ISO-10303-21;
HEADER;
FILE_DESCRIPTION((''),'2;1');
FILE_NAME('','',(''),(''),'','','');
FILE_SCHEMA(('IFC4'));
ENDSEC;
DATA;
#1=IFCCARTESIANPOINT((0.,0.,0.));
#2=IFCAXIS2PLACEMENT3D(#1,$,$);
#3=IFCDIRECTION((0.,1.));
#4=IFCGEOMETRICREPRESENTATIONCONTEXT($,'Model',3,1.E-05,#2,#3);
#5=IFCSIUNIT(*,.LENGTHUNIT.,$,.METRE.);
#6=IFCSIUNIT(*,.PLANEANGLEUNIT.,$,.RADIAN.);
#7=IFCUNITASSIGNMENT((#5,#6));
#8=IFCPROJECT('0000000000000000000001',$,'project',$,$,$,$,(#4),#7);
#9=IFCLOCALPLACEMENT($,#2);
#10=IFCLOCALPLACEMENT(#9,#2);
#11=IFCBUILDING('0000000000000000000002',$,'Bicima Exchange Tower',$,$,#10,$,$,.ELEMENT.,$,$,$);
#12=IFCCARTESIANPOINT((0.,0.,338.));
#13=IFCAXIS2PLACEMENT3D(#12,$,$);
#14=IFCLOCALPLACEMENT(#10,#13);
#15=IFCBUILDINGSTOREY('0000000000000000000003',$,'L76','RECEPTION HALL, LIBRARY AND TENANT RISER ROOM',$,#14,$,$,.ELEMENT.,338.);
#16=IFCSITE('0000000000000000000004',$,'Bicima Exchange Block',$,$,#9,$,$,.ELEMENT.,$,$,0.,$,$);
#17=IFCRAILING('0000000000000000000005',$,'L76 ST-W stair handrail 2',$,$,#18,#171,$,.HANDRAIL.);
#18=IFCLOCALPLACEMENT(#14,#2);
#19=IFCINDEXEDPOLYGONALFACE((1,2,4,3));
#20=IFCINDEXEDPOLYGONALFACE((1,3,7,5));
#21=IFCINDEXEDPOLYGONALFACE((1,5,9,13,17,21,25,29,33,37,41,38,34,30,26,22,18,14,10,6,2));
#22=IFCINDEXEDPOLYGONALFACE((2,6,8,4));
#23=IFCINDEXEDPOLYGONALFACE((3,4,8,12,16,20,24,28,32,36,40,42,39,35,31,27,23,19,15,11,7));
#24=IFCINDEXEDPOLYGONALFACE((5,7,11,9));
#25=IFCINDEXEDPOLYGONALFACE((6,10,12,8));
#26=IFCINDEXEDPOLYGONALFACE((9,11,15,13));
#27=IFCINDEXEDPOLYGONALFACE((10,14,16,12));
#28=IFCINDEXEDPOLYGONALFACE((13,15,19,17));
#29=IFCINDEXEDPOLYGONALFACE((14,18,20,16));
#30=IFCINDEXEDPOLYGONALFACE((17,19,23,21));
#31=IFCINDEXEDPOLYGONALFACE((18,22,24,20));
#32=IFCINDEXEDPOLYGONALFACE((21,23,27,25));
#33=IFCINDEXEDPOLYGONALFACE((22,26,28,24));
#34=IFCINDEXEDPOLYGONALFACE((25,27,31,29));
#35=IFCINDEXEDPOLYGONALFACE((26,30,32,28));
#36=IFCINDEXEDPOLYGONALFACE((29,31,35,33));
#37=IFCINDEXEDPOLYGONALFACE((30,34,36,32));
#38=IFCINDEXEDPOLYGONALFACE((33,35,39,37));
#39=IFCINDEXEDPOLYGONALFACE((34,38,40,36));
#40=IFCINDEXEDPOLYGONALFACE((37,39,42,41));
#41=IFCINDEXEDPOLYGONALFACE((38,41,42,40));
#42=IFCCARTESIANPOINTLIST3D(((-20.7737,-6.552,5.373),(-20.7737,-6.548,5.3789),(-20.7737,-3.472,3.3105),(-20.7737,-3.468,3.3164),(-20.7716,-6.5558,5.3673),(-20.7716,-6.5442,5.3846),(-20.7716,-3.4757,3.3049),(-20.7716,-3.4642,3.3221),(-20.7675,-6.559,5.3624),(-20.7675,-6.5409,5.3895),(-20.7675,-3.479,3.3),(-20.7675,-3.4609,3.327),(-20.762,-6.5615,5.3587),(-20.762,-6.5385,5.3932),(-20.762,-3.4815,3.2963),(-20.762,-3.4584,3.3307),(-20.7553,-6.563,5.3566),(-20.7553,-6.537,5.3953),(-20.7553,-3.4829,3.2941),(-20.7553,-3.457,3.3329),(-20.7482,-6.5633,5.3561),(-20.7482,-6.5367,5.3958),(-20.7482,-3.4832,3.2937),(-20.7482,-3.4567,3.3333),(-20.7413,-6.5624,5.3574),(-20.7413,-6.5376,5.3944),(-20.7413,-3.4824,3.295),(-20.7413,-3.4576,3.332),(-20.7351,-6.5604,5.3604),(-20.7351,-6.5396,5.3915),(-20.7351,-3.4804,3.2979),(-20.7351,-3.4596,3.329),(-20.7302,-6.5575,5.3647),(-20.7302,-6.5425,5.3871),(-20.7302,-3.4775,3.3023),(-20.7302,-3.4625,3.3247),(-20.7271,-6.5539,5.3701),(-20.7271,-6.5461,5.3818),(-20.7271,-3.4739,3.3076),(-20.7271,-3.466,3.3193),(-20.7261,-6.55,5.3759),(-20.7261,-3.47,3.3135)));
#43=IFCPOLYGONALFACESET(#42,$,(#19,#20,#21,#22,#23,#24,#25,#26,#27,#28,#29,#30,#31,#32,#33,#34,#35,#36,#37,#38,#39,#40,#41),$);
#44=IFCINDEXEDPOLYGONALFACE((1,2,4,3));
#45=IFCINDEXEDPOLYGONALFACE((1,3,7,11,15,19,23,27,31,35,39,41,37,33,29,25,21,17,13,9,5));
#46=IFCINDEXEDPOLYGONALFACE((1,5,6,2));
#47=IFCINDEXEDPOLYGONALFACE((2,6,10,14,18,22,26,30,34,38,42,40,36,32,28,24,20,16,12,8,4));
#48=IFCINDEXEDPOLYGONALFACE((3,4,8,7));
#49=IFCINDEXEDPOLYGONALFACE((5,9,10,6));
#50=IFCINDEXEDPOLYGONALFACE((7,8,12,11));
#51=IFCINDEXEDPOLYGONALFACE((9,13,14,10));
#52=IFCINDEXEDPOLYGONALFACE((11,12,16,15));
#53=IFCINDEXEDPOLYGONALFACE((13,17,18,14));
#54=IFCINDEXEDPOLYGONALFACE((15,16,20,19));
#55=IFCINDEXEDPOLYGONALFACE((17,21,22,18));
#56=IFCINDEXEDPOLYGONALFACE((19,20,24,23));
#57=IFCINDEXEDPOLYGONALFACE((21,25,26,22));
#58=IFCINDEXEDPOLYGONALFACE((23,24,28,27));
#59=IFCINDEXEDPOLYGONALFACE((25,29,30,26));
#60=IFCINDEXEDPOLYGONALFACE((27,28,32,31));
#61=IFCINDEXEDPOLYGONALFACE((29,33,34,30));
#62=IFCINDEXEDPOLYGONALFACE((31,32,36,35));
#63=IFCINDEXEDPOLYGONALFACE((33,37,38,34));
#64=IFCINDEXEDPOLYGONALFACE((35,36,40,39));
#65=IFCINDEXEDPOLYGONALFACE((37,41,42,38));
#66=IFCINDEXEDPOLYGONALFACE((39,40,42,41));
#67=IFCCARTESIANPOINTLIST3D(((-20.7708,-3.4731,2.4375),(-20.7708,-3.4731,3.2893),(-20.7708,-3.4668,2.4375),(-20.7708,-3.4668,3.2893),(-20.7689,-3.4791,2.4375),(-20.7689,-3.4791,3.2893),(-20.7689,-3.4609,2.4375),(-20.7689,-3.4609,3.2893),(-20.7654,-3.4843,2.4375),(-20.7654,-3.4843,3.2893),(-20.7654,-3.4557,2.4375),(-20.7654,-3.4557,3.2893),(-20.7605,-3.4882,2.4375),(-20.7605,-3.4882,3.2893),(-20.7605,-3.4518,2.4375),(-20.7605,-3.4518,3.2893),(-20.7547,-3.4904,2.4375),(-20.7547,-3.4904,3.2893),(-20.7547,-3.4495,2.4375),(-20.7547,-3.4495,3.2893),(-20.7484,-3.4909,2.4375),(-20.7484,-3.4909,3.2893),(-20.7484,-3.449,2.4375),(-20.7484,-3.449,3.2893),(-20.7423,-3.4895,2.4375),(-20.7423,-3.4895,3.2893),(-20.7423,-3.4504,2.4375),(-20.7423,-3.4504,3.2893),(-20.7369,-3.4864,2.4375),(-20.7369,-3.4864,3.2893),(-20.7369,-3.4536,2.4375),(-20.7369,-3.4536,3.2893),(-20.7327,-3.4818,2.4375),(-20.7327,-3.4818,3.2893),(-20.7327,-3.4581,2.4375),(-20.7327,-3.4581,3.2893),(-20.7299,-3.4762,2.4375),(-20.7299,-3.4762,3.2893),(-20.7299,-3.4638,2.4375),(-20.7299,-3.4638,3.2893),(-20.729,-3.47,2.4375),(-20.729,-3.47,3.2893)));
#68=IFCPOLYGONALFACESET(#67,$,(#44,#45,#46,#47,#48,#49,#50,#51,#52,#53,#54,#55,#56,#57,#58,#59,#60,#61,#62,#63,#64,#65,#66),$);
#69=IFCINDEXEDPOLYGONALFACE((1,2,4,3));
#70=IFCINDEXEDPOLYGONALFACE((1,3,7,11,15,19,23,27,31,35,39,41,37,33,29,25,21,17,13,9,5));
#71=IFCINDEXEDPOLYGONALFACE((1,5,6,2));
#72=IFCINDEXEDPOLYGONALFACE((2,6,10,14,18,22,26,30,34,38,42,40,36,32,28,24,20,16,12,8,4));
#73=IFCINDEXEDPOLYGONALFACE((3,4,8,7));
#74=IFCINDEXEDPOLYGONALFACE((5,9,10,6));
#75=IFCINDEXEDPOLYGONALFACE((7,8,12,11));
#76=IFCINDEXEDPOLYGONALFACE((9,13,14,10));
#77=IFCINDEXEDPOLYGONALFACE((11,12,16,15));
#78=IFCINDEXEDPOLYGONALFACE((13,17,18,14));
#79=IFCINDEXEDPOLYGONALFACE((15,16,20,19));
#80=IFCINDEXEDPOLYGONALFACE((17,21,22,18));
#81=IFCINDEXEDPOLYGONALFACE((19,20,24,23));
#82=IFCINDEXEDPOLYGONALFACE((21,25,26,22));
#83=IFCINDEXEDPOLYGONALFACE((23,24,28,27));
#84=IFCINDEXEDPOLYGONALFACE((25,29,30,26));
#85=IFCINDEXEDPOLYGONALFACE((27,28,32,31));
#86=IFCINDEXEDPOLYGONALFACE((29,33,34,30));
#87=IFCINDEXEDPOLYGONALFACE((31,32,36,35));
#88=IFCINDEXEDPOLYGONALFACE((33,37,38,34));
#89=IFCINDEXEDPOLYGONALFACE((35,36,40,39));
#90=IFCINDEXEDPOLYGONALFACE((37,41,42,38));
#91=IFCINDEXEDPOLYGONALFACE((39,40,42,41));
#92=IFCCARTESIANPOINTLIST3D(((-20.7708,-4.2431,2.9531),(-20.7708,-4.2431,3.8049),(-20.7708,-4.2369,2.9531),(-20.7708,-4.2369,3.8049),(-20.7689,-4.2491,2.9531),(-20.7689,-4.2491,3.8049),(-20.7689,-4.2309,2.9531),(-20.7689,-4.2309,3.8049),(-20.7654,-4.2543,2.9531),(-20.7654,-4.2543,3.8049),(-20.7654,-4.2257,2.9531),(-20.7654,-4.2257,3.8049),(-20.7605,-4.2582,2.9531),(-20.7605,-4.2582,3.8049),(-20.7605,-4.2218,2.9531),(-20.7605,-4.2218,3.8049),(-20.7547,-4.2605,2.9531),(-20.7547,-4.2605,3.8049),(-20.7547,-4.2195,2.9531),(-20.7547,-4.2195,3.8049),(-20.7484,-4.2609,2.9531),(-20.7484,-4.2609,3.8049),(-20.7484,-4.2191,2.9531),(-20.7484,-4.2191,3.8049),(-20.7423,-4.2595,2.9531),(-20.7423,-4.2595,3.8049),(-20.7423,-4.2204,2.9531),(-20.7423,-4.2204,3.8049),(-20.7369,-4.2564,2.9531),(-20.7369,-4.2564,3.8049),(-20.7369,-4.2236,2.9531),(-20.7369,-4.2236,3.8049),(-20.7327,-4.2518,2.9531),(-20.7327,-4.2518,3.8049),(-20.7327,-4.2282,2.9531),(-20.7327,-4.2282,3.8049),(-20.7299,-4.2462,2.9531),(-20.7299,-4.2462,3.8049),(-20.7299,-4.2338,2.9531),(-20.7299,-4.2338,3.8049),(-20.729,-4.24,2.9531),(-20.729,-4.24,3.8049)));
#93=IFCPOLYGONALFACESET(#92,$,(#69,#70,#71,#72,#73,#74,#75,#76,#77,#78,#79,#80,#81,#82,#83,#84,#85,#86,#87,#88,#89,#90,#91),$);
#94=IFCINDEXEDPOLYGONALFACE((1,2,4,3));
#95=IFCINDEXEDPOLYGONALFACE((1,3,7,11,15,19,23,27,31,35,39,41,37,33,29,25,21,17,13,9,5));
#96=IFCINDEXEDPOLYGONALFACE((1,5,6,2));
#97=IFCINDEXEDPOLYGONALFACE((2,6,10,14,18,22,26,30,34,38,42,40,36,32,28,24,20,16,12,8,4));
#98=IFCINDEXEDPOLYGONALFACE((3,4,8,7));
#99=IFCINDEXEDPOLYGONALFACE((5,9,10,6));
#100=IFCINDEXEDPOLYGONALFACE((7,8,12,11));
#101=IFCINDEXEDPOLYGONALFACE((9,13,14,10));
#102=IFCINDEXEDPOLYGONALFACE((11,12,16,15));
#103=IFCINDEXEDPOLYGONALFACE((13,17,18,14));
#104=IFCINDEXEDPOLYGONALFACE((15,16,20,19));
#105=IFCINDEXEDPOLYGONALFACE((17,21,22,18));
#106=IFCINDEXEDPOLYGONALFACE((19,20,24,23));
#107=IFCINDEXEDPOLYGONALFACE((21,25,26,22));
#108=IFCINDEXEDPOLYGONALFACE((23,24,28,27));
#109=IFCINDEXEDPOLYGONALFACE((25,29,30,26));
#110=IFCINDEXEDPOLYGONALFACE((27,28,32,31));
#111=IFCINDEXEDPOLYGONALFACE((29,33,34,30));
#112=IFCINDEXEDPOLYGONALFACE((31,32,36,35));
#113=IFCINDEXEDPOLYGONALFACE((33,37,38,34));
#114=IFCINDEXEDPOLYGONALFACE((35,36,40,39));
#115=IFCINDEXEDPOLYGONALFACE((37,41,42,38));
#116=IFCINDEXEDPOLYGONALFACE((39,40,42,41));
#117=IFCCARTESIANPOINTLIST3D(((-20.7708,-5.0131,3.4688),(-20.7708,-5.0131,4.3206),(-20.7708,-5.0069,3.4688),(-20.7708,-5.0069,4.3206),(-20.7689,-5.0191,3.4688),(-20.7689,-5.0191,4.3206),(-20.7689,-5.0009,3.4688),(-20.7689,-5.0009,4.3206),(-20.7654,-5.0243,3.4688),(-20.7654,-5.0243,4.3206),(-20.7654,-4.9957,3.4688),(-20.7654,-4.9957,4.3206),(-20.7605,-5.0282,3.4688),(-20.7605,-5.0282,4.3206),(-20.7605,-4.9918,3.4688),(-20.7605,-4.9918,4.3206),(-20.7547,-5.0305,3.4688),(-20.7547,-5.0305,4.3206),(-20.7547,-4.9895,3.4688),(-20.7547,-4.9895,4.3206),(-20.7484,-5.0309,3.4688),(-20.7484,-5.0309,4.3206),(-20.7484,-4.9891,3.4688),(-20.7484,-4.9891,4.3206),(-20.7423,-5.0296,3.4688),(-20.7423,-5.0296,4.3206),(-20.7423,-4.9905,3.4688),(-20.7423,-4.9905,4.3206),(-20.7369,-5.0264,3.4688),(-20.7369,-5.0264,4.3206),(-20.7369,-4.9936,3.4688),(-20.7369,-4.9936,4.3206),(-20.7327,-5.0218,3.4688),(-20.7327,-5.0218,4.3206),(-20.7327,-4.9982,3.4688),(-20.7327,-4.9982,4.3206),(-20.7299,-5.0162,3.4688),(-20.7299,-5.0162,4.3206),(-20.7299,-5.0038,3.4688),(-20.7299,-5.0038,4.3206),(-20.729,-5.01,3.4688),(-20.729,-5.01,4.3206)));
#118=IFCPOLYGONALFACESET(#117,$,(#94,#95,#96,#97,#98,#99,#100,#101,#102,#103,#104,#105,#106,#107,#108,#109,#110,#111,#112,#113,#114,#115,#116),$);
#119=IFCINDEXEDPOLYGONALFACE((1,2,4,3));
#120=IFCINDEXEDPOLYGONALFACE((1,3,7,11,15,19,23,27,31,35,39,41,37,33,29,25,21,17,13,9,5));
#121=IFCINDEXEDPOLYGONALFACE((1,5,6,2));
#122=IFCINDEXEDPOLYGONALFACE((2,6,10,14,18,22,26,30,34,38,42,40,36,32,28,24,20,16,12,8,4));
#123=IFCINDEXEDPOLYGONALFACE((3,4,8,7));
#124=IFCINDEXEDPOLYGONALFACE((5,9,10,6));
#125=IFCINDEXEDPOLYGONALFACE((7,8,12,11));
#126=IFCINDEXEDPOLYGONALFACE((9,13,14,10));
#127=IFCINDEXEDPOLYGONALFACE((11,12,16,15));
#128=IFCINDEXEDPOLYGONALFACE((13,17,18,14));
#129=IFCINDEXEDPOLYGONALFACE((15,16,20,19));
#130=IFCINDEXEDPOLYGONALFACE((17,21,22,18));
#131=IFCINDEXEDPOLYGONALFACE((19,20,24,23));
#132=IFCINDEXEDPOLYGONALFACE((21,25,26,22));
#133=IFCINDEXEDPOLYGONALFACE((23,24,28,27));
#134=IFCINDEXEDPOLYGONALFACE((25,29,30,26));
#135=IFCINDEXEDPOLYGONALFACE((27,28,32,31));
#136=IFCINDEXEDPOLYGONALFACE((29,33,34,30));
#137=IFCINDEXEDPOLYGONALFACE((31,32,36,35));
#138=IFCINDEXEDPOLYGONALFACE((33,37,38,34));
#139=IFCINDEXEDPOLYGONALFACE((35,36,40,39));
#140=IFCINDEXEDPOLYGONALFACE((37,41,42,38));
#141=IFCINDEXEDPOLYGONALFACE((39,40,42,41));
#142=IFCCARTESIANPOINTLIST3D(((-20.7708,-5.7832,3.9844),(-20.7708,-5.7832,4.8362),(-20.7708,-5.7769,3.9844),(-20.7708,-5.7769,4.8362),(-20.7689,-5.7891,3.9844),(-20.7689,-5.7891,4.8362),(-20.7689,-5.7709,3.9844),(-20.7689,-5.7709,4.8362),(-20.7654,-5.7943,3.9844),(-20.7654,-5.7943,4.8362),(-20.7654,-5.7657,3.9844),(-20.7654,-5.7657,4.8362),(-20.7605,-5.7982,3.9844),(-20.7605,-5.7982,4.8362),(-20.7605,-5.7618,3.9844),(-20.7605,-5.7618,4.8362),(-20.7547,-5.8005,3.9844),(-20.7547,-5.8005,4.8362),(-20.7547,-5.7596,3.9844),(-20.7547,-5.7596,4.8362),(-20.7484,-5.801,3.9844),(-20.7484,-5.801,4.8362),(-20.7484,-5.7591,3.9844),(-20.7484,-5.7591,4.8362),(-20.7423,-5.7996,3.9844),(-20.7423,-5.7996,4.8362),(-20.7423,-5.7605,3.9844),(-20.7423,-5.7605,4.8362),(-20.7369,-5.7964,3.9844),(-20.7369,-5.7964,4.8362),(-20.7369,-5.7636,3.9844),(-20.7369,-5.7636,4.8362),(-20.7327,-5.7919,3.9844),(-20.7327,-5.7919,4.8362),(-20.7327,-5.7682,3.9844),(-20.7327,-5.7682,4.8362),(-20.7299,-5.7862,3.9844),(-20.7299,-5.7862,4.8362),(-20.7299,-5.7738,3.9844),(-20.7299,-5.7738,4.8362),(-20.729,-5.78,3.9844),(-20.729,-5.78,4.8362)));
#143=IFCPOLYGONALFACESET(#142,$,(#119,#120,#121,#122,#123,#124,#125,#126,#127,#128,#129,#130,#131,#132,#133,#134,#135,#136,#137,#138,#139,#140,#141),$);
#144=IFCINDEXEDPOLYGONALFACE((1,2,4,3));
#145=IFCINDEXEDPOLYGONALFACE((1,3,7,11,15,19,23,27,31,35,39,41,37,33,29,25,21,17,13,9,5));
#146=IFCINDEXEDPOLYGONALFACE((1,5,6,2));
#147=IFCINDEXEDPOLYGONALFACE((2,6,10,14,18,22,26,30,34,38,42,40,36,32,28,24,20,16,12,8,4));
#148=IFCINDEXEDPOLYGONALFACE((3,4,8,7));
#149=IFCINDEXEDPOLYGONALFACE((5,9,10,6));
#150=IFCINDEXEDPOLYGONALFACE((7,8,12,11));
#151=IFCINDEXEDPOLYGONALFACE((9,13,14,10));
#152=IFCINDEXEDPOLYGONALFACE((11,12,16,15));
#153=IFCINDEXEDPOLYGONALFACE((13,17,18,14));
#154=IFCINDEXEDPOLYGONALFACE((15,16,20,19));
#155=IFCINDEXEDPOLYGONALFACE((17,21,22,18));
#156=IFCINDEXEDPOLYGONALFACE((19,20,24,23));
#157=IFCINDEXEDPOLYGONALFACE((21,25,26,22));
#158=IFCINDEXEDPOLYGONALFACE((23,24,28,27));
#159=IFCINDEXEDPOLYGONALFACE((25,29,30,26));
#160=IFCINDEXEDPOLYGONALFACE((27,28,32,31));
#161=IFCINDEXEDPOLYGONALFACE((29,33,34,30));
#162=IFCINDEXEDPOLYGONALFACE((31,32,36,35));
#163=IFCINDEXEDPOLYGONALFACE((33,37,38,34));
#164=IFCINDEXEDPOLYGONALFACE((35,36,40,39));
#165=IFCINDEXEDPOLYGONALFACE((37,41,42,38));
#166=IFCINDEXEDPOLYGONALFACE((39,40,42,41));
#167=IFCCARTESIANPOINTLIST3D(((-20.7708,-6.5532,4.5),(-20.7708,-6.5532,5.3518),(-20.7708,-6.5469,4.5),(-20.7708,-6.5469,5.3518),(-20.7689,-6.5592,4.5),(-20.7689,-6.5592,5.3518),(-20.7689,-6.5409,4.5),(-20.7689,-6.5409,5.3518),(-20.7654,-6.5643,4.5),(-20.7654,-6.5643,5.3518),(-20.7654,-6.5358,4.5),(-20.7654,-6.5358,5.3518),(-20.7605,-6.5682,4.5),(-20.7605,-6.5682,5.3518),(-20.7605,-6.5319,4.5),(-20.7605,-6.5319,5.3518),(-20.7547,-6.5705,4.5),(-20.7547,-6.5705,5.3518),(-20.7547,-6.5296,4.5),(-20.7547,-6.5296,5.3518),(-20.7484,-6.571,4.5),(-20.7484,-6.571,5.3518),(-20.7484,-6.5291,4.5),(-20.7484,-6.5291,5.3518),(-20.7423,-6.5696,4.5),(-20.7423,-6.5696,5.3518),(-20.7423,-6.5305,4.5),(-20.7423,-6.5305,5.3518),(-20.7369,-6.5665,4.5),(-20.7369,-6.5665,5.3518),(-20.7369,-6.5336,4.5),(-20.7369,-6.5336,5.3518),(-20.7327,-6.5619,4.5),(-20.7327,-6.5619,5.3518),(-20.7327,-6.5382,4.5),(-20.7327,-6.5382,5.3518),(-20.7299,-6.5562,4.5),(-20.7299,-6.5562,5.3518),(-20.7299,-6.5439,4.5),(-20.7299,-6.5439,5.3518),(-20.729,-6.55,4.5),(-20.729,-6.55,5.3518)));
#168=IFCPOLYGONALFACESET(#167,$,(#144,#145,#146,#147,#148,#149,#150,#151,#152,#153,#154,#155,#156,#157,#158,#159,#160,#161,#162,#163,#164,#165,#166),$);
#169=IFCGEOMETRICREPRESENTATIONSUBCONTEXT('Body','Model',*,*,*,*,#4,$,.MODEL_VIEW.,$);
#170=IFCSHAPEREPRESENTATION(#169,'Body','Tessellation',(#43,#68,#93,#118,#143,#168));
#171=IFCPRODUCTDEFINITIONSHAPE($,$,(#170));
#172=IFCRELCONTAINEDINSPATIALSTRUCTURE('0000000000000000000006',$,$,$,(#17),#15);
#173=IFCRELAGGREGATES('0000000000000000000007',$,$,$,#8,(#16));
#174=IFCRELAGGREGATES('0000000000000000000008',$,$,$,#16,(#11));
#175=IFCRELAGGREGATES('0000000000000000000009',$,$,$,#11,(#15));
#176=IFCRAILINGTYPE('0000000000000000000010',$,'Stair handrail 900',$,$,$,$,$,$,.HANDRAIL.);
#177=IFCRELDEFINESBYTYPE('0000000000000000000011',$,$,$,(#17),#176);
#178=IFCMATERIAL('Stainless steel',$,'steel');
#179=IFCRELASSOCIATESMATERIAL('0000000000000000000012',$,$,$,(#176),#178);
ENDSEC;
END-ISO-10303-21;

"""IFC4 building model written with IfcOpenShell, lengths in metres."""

from ifc_helpers import new_model, si_unit, direction, frame, origin, origin_2d, place, context, subcontext, project, spatial, circle, extrude, material, type_object, element, save


model = new_model("IFC4")

# Units and contexts
model_context = context("Model", 3, precision=1e-05, world=origin(), true_north=direction((0.0, 1.0)))
body_context = subcontext(model_context, "Body", "Model", "MODEL_VIEW")
ifc_project = project(units=[si_unit("LENGTHUNIT", "METRE"), si_unit("PLANEANGLEUNIT", "RADIAN")], contexts=[model_context])

# Site, building, storey
site_placement = place(None, origin())
site = spatial("IfcSite", under=ifc_project, at=site_placement, Name="Bicima Exchange Block", CompositionType="ELEMENT", RefElevation=0.0)
building_placement = place(site_placement, origin())
building = spatial("IfcBuilding", under=site, at=building_placement, Name="Bicima Exchange Tower", CompositionType="ELEMENT")
storey_placement = place(building_placement, frame((0.0, 0.0, 338.0)))
storey = spatial("IfcBuildingStorey", under=building, at=storey_placement, Name="L76", Description="RECEPTION HALL, LIBRARY AND TENANT RISER ROOM", CompositionType="ELEMENT", Elevation=338.0)

# Railing
ifc_material_1 = material(Name="Stainless steel", Category="steel")
railing_type_1 = type_object("IfcRailingType", Name="Stair handrail 900", PredefinedType="HANDRAIL", material=ifc_material_1)
railing_1_placement = place(storey_placement, frame((-20.75, -3.47, 2.4375)))
element("IfcRailing", 1, at=railing_1_placement, inside=storey, type_object=railing_type_1, Name="L76 ST-W stair handrail 2", PredefinedType="HANDRAIL", context=body_context, shape_type="SweptSolid", body=[
    extrude(circle(Radius=0.0239, at=origin_2d()), frame((0.0, 0.0, 0.876), z_axis=(0.0, -0.830914, 0.556401), x_axis=(1.0, 0.0, 0.0)), (0.0, 0.0, 1.0), 3.7068),
    extrude(circle(Radius=0.021, at=origin_2d()), origin(), (0.0, 0.0, 1.0), 0.8518),
    extrude(circle(Radius=0.021, at=origin_2d()), frame((0.0, -0.77, 0.5156)), (0.0, 0.0, 1.0), 0.8518),
    extrude(circle(Radius=0.021, at=origin_2d()), frame((0.0, -1.54, 1.0312)), (0.0, 0.0, 1.0), 0.8518),
    extrude(circle(Radius=0.021, at=origin_2d()), frame((0.0, -2.3101, 1.5469)), (0.0, 0.0, 1.0), 0.8518),
    extrude(circle(Radius=0.021, at=origin_2d()), frame((0.0, -3.0801, 2.0625)), (0.0, 0.0, 1.0), 0.8518),
])

save(model, "model.ifc")
